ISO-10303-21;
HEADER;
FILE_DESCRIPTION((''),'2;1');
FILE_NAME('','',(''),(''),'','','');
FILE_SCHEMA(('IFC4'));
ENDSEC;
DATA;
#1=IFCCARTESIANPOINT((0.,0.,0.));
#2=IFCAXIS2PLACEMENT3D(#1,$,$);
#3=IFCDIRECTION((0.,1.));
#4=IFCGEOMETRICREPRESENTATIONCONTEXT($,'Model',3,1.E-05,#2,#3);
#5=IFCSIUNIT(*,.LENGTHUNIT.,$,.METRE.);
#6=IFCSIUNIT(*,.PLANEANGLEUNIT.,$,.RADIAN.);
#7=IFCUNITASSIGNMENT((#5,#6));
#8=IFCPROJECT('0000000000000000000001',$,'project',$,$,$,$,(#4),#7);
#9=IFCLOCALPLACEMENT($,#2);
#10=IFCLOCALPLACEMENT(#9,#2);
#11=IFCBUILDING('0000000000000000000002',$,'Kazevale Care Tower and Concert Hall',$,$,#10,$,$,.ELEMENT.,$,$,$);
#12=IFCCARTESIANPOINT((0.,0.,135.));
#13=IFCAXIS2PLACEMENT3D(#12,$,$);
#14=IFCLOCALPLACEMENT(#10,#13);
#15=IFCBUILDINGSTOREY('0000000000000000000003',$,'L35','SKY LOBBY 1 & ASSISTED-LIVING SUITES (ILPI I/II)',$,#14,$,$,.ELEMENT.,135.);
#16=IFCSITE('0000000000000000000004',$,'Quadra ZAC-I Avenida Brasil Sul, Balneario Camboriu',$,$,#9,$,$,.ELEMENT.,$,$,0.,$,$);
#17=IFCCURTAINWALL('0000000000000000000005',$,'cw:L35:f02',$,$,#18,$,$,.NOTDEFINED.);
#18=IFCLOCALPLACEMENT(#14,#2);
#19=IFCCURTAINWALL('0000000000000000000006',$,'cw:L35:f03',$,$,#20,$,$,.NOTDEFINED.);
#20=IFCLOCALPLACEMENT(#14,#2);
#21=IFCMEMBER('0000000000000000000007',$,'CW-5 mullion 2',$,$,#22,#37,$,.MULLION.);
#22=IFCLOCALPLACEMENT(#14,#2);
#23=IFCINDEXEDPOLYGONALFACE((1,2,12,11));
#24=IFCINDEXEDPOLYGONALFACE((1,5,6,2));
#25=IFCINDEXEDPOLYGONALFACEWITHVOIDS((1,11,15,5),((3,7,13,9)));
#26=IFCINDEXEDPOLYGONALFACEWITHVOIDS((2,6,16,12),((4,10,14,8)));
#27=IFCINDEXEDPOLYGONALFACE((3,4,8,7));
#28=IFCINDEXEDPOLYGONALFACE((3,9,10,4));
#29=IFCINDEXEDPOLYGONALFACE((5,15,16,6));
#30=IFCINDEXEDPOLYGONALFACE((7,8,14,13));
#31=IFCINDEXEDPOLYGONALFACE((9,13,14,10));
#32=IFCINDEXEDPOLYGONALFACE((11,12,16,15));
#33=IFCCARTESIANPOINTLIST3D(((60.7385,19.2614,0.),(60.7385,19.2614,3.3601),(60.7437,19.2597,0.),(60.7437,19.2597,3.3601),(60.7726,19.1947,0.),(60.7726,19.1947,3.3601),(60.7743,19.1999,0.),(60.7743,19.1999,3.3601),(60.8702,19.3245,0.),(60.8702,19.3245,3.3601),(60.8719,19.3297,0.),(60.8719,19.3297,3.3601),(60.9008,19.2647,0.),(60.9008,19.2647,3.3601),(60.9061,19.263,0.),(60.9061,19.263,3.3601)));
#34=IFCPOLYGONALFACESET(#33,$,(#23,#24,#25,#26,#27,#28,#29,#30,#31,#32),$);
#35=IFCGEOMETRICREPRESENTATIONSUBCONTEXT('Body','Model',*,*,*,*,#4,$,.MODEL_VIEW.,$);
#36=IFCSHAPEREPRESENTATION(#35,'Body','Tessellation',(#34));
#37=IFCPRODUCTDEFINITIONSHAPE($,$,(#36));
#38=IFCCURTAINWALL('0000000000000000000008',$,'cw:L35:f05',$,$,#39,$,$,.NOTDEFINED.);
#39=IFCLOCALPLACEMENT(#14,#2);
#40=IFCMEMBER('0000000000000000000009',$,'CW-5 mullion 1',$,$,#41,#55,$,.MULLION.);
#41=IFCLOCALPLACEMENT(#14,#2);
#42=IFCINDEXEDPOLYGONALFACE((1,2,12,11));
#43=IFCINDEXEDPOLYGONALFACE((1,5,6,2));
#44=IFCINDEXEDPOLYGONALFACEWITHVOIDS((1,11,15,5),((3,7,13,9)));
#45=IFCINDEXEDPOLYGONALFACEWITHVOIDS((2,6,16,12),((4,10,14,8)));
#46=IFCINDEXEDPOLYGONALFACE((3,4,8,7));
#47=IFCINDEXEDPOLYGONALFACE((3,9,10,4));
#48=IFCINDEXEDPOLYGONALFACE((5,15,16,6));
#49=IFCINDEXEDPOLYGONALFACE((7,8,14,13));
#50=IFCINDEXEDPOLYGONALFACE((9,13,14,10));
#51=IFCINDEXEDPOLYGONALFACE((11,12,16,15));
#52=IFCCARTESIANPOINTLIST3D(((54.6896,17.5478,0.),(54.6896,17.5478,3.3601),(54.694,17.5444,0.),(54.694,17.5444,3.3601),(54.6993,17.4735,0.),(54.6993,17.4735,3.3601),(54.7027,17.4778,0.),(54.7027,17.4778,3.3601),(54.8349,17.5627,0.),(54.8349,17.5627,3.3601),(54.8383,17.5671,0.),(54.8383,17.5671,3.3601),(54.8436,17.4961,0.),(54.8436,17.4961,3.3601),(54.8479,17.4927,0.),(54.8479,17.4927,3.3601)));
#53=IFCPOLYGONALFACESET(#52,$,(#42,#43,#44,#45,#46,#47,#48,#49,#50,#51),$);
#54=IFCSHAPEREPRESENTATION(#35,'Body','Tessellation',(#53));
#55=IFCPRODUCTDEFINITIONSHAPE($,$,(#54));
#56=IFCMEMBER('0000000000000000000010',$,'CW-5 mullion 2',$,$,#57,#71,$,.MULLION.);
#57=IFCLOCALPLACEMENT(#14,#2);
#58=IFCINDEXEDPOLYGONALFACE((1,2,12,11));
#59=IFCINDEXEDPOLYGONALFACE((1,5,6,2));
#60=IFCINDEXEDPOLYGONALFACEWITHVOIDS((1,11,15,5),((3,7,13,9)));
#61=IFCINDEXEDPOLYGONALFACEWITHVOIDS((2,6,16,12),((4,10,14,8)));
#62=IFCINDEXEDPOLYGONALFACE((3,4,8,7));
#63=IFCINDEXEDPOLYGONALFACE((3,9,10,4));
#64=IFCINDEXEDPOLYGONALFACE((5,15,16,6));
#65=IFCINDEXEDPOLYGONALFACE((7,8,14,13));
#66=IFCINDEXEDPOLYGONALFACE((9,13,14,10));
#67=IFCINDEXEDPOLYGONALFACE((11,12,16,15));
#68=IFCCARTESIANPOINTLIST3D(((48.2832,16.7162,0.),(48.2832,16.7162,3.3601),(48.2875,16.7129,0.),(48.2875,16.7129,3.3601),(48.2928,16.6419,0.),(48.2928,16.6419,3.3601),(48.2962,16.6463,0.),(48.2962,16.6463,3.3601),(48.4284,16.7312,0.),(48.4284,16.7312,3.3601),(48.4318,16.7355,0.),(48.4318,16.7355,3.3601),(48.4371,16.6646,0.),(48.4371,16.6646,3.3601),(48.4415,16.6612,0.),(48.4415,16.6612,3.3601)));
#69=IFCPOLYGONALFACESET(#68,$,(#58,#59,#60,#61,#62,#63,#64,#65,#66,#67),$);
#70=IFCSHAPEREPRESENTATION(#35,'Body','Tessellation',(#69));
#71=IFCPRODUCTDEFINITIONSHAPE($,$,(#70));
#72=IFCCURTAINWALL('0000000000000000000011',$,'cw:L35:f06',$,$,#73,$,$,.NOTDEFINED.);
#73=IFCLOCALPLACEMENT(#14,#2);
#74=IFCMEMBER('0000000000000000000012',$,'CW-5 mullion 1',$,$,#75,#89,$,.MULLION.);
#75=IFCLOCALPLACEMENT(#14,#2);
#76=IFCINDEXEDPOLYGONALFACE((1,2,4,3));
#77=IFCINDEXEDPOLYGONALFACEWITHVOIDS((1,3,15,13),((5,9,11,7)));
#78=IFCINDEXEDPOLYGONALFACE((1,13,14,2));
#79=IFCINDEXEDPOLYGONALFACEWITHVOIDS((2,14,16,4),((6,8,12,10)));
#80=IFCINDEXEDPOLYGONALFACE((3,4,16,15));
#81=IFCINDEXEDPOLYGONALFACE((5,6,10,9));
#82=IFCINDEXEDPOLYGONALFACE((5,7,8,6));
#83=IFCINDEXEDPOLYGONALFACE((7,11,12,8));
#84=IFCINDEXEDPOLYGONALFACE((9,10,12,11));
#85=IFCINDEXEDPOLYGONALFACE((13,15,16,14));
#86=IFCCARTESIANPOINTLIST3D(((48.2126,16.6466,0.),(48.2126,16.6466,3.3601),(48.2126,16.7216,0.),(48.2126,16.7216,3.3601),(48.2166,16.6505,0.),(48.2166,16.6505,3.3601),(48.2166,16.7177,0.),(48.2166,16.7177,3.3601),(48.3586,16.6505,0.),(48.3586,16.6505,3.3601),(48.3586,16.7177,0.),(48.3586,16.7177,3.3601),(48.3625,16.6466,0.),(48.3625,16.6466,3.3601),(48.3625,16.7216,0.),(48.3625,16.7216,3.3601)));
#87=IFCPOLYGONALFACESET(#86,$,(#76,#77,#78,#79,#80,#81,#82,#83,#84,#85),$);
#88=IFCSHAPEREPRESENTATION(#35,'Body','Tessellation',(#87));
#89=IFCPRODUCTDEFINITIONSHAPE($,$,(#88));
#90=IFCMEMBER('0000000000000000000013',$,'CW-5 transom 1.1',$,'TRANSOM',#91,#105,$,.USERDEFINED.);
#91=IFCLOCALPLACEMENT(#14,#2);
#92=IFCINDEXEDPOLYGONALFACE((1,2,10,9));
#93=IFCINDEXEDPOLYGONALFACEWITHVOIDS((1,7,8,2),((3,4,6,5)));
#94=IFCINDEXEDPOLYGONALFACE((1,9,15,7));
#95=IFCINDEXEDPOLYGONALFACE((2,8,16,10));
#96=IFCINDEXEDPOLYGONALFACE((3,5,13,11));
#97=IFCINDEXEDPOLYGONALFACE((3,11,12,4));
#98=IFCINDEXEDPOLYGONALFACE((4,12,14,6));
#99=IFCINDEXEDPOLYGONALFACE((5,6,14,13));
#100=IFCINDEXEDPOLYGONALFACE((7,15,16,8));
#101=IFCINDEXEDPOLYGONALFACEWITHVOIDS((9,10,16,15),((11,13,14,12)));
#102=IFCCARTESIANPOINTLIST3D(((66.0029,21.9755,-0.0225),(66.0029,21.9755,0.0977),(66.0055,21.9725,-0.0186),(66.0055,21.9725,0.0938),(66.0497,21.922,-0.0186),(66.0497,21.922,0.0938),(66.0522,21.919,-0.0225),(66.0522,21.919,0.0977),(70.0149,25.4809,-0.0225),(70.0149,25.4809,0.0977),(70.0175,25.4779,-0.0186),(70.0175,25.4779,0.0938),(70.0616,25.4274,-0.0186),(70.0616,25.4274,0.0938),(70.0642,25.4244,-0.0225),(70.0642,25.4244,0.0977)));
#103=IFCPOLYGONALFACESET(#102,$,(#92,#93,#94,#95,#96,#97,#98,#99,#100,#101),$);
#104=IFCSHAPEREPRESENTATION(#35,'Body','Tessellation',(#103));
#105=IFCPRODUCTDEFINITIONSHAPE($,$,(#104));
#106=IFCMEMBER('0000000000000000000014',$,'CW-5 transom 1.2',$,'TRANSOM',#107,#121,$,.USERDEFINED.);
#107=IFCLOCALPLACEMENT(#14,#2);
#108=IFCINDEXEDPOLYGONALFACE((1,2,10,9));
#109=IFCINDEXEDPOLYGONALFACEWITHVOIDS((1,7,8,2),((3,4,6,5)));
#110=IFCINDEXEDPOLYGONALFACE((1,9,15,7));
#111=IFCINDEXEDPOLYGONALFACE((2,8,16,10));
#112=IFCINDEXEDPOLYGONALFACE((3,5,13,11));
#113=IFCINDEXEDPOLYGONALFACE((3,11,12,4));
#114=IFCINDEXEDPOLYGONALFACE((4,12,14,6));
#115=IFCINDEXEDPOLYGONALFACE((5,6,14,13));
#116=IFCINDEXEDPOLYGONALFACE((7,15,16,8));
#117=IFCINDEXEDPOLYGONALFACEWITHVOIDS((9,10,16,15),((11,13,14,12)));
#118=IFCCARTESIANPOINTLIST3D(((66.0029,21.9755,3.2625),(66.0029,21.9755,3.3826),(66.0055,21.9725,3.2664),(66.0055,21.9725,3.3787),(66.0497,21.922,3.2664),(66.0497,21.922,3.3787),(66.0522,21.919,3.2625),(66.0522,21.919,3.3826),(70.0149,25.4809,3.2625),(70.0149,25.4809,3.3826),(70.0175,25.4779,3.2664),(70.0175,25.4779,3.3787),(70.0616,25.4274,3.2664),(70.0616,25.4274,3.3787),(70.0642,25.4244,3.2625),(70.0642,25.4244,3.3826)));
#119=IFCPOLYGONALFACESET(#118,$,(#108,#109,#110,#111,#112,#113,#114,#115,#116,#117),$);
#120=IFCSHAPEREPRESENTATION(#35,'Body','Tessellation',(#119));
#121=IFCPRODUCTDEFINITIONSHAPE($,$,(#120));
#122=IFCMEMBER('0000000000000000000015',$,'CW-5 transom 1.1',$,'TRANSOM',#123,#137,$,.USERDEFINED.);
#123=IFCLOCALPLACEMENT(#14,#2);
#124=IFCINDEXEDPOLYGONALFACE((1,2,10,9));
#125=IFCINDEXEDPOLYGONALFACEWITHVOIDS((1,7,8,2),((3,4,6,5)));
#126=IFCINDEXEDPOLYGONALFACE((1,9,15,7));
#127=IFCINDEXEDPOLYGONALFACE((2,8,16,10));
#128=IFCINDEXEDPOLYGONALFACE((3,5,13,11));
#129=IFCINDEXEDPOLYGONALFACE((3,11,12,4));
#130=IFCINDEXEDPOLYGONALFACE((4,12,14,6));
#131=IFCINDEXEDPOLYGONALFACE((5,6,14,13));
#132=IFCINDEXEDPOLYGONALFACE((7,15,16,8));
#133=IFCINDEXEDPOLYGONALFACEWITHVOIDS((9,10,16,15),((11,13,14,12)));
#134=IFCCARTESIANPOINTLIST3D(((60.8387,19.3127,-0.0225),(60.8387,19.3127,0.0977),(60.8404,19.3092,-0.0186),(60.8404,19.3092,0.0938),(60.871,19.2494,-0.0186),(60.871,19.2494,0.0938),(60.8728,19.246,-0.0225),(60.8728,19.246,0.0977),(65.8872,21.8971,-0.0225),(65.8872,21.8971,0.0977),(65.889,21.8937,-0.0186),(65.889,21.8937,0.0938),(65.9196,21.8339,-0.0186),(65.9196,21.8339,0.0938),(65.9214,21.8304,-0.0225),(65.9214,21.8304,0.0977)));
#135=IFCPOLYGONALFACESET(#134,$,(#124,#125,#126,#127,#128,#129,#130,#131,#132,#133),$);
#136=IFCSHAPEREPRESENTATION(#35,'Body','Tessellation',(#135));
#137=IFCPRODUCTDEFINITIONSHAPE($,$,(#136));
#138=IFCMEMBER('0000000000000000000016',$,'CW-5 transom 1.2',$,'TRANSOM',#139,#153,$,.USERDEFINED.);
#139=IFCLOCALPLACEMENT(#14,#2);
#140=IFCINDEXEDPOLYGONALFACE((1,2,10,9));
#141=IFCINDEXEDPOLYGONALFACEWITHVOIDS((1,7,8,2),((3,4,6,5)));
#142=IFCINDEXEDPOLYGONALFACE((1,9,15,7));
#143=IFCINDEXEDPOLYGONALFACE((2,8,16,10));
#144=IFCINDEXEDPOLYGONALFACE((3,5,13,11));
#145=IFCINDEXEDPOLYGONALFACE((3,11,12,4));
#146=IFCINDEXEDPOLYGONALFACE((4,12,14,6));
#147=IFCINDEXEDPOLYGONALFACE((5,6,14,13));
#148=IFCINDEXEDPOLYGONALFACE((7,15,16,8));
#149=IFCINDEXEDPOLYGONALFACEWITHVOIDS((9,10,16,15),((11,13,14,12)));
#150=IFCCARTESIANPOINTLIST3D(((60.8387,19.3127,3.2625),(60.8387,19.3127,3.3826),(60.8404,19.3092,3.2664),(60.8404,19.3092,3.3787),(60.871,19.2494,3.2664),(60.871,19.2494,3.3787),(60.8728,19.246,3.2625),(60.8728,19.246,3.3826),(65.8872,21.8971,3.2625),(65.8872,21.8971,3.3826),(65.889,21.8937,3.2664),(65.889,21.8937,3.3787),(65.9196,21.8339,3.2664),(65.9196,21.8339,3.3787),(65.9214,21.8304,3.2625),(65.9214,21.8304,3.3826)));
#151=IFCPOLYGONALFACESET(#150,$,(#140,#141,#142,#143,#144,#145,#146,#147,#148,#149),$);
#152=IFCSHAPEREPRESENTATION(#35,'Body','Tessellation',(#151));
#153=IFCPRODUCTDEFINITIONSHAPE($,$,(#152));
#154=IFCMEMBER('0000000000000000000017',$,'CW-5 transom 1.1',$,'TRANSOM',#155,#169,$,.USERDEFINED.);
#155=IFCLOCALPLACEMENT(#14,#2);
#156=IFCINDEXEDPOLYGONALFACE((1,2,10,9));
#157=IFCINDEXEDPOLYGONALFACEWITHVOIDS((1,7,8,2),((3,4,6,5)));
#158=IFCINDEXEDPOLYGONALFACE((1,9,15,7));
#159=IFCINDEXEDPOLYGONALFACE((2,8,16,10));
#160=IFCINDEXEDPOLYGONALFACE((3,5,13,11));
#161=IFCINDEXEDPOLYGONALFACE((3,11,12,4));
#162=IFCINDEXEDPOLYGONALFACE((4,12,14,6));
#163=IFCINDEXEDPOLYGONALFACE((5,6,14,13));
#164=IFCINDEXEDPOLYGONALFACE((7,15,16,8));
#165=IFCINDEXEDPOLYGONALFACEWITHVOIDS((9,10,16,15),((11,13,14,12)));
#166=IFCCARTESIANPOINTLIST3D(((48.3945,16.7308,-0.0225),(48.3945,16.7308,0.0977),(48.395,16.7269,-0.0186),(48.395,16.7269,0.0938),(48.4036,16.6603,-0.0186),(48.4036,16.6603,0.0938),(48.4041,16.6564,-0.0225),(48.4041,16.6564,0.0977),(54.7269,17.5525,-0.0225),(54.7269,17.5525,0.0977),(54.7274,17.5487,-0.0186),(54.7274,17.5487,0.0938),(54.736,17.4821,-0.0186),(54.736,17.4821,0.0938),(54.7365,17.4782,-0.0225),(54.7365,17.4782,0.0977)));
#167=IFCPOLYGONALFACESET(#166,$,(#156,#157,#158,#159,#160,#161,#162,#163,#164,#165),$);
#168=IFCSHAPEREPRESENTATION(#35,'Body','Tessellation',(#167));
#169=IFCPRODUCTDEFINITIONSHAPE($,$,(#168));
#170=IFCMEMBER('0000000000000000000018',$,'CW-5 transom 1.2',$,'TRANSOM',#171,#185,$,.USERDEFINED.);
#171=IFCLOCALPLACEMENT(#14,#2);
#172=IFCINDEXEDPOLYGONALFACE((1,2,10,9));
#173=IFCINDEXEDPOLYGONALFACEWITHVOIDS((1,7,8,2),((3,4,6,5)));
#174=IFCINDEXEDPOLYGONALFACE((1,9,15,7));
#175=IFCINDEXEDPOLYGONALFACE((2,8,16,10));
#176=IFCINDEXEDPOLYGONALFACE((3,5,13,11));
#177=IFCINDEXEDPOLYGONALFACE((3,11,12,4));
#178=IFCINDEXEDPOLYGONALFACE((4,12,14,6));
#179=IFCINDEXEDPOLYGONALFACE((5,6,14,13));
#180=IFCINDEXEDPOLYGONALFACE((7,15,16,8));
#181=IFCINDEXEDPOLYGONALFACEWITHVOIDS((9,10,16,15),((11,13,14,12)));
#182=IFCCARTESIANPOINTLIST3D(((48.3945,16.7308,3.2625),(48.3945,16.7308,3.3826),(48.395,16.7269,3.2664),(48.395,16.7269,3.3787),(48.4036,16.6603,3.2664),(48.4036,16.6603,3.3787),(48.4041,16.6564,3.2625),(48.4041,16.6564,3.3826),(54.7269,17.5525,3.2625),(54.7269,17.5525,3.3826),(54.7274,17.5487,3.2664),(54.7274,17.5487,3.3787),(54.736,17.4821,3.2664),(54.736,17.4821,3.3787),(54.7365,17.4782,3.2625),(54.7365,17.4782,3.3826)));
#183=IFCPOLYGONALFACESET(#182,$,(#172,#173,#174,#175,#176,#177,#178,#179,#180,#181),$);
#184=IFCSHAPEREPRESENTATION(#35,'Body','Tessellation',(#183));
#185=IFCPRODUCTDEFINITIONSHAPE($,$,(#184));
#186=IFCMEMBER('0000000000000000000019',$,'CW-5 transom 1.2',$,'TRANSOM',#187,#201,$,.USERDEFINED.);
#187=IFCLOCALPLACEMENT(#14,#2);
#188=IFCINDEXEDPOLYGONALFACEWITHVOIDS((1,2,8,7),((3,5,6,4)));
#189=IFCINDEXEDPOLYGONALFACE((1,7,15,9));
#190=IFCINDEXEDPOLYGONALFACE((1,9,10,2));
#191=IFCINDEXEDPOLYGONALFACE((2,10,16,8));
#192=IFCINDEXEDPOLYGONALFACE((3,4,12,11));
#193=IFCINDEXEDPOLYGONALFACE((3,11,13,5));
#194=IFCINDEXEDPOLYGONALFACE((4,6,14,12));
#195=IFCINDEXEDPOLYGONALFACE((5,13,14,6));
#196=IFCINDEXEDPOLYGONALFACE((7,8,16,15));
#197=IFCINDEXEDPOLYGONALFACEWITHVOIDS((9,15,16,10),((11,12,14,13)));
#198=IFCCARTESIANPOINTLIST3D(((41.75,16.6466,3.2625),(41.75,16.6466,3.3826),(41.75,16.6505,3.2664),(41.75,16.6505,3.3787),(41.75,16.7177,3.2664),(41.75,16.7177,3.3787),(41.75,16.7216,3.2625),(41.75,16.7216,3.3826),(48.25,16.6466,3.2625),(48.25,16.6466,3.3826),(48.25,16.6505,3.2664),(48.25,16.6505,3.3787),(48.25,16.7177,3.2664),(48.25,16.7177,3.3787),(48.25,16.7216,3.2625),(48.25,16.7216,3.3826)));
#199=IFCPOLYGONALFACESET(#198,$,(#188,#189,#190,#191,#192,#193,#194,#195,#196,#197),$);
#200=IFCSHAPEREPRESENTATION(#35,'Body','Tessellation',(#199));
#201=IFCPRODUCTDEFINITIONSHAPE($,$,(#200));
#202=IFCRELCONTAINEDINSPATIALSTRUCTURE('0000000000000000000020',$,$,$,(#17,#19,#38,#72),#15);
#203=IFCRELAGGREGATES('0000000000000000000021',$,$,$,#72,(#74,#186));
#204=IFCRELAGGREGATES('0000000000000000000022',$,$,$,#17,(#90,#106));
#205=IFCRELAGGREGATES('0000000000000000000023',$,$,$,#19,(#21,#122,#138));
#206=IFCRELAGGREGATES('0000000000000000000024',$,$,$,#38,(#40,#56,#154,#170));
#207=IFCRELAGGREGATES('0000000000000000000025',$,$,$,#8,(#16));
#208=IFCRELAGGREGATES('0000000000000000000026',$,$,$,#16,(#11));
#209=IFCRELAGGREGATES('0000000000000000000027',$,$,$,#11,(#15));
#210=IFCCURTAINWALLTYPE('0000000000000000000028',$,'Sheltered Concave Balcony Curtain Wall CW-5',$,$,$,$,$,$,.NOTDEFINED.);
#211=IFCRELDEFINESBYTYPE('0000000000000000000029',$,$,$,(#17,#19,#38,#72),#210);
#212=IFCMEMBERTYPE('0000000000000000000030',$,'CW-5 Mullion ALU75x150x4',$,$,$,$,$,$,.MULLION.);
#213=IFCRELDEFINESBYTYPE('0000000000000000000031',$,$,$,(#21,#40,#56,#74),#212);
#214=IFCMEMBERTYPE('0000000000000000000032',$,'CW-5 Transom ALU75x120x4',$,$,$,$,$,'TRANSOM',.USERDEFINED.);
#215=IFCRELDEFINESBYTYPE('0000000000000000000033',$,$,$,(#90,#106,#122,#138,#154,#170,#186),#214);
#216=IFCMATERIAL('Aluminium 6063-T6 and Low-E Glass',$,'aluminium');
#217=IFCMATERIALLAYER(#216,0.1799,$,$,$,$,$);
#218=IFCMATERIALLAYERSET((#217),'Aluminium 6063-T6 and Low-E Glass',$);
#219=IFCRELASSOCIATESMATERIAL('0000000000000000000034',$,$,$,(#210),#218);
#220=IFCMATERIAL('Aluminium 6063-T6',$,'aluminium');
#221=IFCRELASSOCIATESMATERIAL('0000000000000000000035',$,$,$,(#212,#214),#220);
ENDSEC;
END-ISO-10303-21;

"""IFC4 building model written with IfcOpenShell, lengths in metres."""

from ifc_helpers import new_model, si_unit, direction, frame, origin, origin_2d, place, context, subcontext, project, spatial, hollow_rectangle, extrude, material, layer, layer_set, material_profile, profile_set, type_object, element, aggregate, save


model = new_model("IFC4")

# Units and contexts
model_context = context("Model", 3, precision=1e-05, world=origin(), true_north=direction((0.0, 1.0)))
body_context = subcontext(model_context, "Body", "Model", "MODEL_VIEW")
ifc_project = project(units=[si_unit("LENGTHUNIT", "METRE"), si_unit("PLANEANGLEUNIT", "RADIAN")], contexts=[model_context])

# Site, building, storey
site_placement = place(None, origin())
site = spatial("IfcSite", under=ifc_project, at=site_placement, Name="Quadra ZAC-I Avenida Brasil Sul, Balneario Camboriu", CompositionType="ELEMENT", RefElevation=0.0)
building_placement = place(site_placement, origin())
building = spatial("IfcBuilding", under=site, at=building_placement, Name="Kazevale Care Tower and Concert Hall", CompositionType="ELEMENT")
storey_placement = place(building_placement, frame((0.0, 0.0, 135.0)))
storey = spatial("IfcBuildingStorey", under=building, at=storey_placement, Name="L35", Description="SKY LOBBY 1 & ASSISTED-LIVING SUITES (ILPI I/II)", CompositionType="ELEMENT", Elevation=135.0)

# Curtain walls, members
ifc_material_1 = material(Name="Aluminium 6063-T6 and Low-E Glass", Category="aluminium")
ifc_layer_1 = layer(ifc_material_1, 0.1799)
ifc_layer_set_1 = layer_set([ifc_layer_1], Name="Aluminium 6063-T6 and Low-E Glass")
curtain_wall_type = type_object("IfcCurtainWallType", Name="Sheltered Concave Balcony Curtain Wall CW-5", PredefinedType="NOTDEFINED", material=ifc_layer_set_1)
curtain_wall_1_placement = place(storey_placement, origin())
curtain_wall_1 = element("IfcCurtainWall", 1, at=curtain_wall_1_placement, inside=storey, type_object=curtain_wall_type, Name="cw:L35:f02", PredefinedType="NOTDEFINED")
ifc_material_2 = material(Name="Aluminium 6063-T6", Category="aluminium")
ifc_material_profile_1 = material_profile(ifc_material_2, hollow_rectangle(XDim=0.075, YDim=0.1499, WallThickness=0.0039, at=origin_2d()), Name="ALU75x150x4")
ifc_profile_set_1 = profile_set([ifc_material_profile_1], Name="Aluminium 6063-T6")
member_type_1 = type_object("IfcMemberType", Name="CW-5 Mullion ALU75x150x4", PredefinedType="MULLION", material=ifc_profile_set_1)
curtain_wall_2_placement = place(storey_placement, origin())
curtain_wall_2 = element("IfcCurtainWall", 2, at=curtain_wall_2_placement, inside=storey, type_object=curtain_wall_type, Name="cw:L35:f03", PredefinedType="NOTDEFINED")
member_1_placement = place(storey_placement, frame((60.8223, 19.2622, 0.0), z_axis=(0.0, 0.0, 1.0), x_axis=(0.455713, -0.890127, 0.0)))
member_1 = element("IfcMember", 3, at=member_1_placement, type_object=member_type_1, Name="CW-5 mullion 2", PredefinedType="MULLION", context=body_context, shape_type="SweptSolid", body=[
    extrude(hollow_rectangle(XDim=0.075, YDim=0.1499, WallThickness=0.0039, at=origin_2d()), origin(), (0.0, 0.0, 1.0), 3.3601),
])
curtain_wall_3_placement = place(storey_placement, origin())
curtain_wall_3 = element("IfcCurtainWall", 4, at=curtain_wall_3_placement, inside=storey, type_object=curtain_wall_type, Name="cw:L35:f05", PredefinedType="NOTDEFINED")
member_2_placement = place(storey_placement, frame((54.7688, 17.5203, 0.0), z_axis=(0.0, 0.0, 1.0), x_axis=(0.128685, -0.991686, 0.0)))
member_2 = element("IfcMember", 5, at=member_2_placement, type_object=member_type_1, Name="CW-5 mullion 1", PredefinedType="MULLION", context=body_context, shape_type="SweptSolid", body=[
    extrude(hollow_rectangle(XDim=0.075, YDim=0.1499, WallThickness=0.0039, at=origin_2d()), origin(), (0.0, 0.0, 1.0), 3.3601),
])
member_3_placement = place(storey_placement, frame((48.3623, 16.6887, 0.0), z_axis=(0.0, 0.0, 1.0), x_axis=(0.128685, -0.991686, 0.0)))
member_3 = element("IfcMember", 6, at=member_3_placement, type_object=member_type_1, Name="CW-5 mullion 2", PredefinedType="MULLION", context=body_context, shape_type="SweptSolid", body=[
    extrude(hollow_rectangle(XDim=0.075, YDim=0.1499, WallThickness=0.0039, at=origin_2d()), origin(), (0.0, 0.0, 1.0), 3.3601),
])

# Curtain wall, member
curtain_wall_4_placement = place(storey_placement, origin())
curtain_wall_4 = element("IfcCurtainWall", 7, at=curtain_wall_4_placement, inside=storey, type_object=curtain_wall_type, Name="cw:L35:f06", PredefinedType="NOTDEFINED")
member_4_placement = place(storey_placement, frame((48.2876, 16.6841, 0.0), z_axis=(0.0, 0.0, 1.0), x_axis=(0.0, -1.0, 0.0)))
member_4 = element("IfcMember", 8, at=member_4_placement, type_object=member_type_1, Name="CW-5 mullion 1", PredefinedType="MULLION", context=body_context, shape_type="SweptSolid", body=[
    extrude(hollow_rectangle(XDim=0.075, YDim=0.1499, WallThickness=0.0039, at=origin_2d()), origin(), (0.0, 0.0, 1.0), 3.3601),
])

# Members
ifc_material_profile_2 = material_profile(ifc_material_2, hollow_rectangle(XDim=0.075, YDim=0.1201, WallThickness=0.0039, at=origin_2d()), Name="ALU75x120x4")
ifc_profile_set_2 = profile_set([ifc_material_profile_2], Name="Aluminium 6063-T6")
member_type_2 = type_object("IfcMemberType", Name="CW-5 Transom ALU75x120x4", ElementType="TRANSOM", PredefinedType="USERDEFINED", material=ifc_profile_set_2)
member_5_placement = place(storey_placement, frame((70.0396, 25.4526, 0.0376), z_axis=(-0.753051, -0.657963, 0.0), x_axis=(0.657963, -0.753051, 0.0)))
member_5 = element("IfcMember", 9, at=member_5_placement, type_object=member_type_2, Name="CW-5 transom 1.1", ObjectType="TRANSOM", PredefinedType="USERDEFINED", context=body_context, shape_type="SweptSolid", body=[
    extrude(hollow_rectangle(XDim=0.075, YDim=0.1201, WallThickness=0.0039, at=origin_2d()), origin(), (0.0, 0.0, 1.0), 5.3276),
])
member_6_placement = place(storey_placement, frame((70.0396, 25.4526, 3.3225), z_axis=(-0.753051, -0.657963, 0.0), x_axis=(0.657963, -0.753051, 0.0)))
member_6 = element("IfcMember", 10, at=member_6_placement, type_object=member_type_2, Name="CW-5 transom 1.2", ObjectType="TRANSOM", PredefinedType="USERDEFINED", context=body_context, shape_type="SweptSolid", body=[
    extrude(hollow_rectangle(XDim=0.075, YDim=0.1201, WallThickness=0.0039, at=origin_2d()), origin(), (0.0, 0.0, 1.0), 5.3276),
])
member_7_placement = place(storey_placement, frame((65.9043, 21.8638, 0.0376), z_axis=(-0.890143, -0.455682, 0.0), x_axis=(0.455682, -0.890143, 0.0)))
member_7 = element("IfcMember", 11, at=member_7_placement, type_object=member_type_2, Name="CW-5 transom 1.1", ObjectType="TRANSOM", PredefinedType="USERDEFINED", context=body_context, shape_type="SweptSolid", body=[
    extrude(hollow_rectangle(XDim=0.075, YDim=0.1201, WallThickness=0.0039, at=origin_2d()), origin(), (0.0, 0.0, 1.0), 5.6716),
])
member_8_placement = place(storey_placement, frame((65.9043, 21.8638, 3.3225), z_axis=(-0.890143, -0.455682, 0.0), x_axis=(0.455682, -0.890143, 0.0)))
member_8 = element("IfcMember", 12, at=member_8_placement, type_object=member_type_2, Name="CW-5 transom 1.2", ObjectType="TRANSOM", PredefinedType="USERDEFINED", context=body_context, shape_type="SweptSolid", body=[
    extrude(hollow_rectangle(XDim=0.075, YDim=0.1201, WallThickness=0.0039, at=origin_2d()), origin(), (0.0, 0.0, 1.0), 5.6716),
])
member_9_placement = place(storey_placement, frame((54.7317, 17.5154, 0.0376), z_axis=(-0.991684, -0.128697, 0.0), x_axis=(0.128697, -0.991684, 0.0)))
member_9 = element("IfcMember", 13, at=member_9_placement, type_object=member_type_2, Name="CW-5 transom 1.1", ObjectType="TRANSOM", PredefinedType="USERDEFINED", context=body_context, shape_type="SweptSolid", body=[
    extrude(hollow_rectangle(XDim=0.075, YDim=0.1201, WallThickness=0.0039, at=origin_2d()), origin(), (0.0, 0.0, 1.0), 6.3855),
])
member_10_placement = place(storey_placement, frame((54.7317, 17.5154, 3.3225), z_axis=(-0.991684, -0.128697, 0.0), x_axis=(0.128697, -0.991684, 0.0)))
member_10 = element("IfcMember", 14, at=member_10_placement, type_object=member_type_2, Name="CW-5 transom 1.2", ObjectType="TRANSOM", PredefinedType="USERDEFINED", context=body_context, shape_type="SweptSolid", body=[
    extrude(hollow_rectangle(XDim=0.075, YDim=0.1201, WallThickness=0.0039, at=origin_2d()), origin(), (0.0, 0.0, 1.0), 6.3855),
])
member_11_placement = place(storey_placement, frame((48.25, 16.6841, 3.3225), z_axis=(-1.0, 0.0, 0.0), x_axis=(0.0, -1.0, 0.0)))
member_11 = element("IfcMember", 15, at=member_11_placement, type_object=member_type_2, Name="CW-5 transom 1.2", ObjectType="TRANSOM", PredefinedType="USERDEFINED", context=body_context, shape_type="SweptSolid", body=[
    extrude(hollow_rectangle(XDim=0.075, YDim=0.1201, WallThickness=0.0039, at=origin_2d()), origin(), (0.0, 0.0, 1.0), 6.5),
])
aggregate(curtain_wall_4, [member_4, member_11])

aggregate(curtain_wall_1, [member_5, member_6])
aggregate(curtain_wall_2, [member_1, member_7, member_8])
aggregate(curtain_wall_3, [member_2, member_3, member_9, member_10])

save(model, "model.ifc")
